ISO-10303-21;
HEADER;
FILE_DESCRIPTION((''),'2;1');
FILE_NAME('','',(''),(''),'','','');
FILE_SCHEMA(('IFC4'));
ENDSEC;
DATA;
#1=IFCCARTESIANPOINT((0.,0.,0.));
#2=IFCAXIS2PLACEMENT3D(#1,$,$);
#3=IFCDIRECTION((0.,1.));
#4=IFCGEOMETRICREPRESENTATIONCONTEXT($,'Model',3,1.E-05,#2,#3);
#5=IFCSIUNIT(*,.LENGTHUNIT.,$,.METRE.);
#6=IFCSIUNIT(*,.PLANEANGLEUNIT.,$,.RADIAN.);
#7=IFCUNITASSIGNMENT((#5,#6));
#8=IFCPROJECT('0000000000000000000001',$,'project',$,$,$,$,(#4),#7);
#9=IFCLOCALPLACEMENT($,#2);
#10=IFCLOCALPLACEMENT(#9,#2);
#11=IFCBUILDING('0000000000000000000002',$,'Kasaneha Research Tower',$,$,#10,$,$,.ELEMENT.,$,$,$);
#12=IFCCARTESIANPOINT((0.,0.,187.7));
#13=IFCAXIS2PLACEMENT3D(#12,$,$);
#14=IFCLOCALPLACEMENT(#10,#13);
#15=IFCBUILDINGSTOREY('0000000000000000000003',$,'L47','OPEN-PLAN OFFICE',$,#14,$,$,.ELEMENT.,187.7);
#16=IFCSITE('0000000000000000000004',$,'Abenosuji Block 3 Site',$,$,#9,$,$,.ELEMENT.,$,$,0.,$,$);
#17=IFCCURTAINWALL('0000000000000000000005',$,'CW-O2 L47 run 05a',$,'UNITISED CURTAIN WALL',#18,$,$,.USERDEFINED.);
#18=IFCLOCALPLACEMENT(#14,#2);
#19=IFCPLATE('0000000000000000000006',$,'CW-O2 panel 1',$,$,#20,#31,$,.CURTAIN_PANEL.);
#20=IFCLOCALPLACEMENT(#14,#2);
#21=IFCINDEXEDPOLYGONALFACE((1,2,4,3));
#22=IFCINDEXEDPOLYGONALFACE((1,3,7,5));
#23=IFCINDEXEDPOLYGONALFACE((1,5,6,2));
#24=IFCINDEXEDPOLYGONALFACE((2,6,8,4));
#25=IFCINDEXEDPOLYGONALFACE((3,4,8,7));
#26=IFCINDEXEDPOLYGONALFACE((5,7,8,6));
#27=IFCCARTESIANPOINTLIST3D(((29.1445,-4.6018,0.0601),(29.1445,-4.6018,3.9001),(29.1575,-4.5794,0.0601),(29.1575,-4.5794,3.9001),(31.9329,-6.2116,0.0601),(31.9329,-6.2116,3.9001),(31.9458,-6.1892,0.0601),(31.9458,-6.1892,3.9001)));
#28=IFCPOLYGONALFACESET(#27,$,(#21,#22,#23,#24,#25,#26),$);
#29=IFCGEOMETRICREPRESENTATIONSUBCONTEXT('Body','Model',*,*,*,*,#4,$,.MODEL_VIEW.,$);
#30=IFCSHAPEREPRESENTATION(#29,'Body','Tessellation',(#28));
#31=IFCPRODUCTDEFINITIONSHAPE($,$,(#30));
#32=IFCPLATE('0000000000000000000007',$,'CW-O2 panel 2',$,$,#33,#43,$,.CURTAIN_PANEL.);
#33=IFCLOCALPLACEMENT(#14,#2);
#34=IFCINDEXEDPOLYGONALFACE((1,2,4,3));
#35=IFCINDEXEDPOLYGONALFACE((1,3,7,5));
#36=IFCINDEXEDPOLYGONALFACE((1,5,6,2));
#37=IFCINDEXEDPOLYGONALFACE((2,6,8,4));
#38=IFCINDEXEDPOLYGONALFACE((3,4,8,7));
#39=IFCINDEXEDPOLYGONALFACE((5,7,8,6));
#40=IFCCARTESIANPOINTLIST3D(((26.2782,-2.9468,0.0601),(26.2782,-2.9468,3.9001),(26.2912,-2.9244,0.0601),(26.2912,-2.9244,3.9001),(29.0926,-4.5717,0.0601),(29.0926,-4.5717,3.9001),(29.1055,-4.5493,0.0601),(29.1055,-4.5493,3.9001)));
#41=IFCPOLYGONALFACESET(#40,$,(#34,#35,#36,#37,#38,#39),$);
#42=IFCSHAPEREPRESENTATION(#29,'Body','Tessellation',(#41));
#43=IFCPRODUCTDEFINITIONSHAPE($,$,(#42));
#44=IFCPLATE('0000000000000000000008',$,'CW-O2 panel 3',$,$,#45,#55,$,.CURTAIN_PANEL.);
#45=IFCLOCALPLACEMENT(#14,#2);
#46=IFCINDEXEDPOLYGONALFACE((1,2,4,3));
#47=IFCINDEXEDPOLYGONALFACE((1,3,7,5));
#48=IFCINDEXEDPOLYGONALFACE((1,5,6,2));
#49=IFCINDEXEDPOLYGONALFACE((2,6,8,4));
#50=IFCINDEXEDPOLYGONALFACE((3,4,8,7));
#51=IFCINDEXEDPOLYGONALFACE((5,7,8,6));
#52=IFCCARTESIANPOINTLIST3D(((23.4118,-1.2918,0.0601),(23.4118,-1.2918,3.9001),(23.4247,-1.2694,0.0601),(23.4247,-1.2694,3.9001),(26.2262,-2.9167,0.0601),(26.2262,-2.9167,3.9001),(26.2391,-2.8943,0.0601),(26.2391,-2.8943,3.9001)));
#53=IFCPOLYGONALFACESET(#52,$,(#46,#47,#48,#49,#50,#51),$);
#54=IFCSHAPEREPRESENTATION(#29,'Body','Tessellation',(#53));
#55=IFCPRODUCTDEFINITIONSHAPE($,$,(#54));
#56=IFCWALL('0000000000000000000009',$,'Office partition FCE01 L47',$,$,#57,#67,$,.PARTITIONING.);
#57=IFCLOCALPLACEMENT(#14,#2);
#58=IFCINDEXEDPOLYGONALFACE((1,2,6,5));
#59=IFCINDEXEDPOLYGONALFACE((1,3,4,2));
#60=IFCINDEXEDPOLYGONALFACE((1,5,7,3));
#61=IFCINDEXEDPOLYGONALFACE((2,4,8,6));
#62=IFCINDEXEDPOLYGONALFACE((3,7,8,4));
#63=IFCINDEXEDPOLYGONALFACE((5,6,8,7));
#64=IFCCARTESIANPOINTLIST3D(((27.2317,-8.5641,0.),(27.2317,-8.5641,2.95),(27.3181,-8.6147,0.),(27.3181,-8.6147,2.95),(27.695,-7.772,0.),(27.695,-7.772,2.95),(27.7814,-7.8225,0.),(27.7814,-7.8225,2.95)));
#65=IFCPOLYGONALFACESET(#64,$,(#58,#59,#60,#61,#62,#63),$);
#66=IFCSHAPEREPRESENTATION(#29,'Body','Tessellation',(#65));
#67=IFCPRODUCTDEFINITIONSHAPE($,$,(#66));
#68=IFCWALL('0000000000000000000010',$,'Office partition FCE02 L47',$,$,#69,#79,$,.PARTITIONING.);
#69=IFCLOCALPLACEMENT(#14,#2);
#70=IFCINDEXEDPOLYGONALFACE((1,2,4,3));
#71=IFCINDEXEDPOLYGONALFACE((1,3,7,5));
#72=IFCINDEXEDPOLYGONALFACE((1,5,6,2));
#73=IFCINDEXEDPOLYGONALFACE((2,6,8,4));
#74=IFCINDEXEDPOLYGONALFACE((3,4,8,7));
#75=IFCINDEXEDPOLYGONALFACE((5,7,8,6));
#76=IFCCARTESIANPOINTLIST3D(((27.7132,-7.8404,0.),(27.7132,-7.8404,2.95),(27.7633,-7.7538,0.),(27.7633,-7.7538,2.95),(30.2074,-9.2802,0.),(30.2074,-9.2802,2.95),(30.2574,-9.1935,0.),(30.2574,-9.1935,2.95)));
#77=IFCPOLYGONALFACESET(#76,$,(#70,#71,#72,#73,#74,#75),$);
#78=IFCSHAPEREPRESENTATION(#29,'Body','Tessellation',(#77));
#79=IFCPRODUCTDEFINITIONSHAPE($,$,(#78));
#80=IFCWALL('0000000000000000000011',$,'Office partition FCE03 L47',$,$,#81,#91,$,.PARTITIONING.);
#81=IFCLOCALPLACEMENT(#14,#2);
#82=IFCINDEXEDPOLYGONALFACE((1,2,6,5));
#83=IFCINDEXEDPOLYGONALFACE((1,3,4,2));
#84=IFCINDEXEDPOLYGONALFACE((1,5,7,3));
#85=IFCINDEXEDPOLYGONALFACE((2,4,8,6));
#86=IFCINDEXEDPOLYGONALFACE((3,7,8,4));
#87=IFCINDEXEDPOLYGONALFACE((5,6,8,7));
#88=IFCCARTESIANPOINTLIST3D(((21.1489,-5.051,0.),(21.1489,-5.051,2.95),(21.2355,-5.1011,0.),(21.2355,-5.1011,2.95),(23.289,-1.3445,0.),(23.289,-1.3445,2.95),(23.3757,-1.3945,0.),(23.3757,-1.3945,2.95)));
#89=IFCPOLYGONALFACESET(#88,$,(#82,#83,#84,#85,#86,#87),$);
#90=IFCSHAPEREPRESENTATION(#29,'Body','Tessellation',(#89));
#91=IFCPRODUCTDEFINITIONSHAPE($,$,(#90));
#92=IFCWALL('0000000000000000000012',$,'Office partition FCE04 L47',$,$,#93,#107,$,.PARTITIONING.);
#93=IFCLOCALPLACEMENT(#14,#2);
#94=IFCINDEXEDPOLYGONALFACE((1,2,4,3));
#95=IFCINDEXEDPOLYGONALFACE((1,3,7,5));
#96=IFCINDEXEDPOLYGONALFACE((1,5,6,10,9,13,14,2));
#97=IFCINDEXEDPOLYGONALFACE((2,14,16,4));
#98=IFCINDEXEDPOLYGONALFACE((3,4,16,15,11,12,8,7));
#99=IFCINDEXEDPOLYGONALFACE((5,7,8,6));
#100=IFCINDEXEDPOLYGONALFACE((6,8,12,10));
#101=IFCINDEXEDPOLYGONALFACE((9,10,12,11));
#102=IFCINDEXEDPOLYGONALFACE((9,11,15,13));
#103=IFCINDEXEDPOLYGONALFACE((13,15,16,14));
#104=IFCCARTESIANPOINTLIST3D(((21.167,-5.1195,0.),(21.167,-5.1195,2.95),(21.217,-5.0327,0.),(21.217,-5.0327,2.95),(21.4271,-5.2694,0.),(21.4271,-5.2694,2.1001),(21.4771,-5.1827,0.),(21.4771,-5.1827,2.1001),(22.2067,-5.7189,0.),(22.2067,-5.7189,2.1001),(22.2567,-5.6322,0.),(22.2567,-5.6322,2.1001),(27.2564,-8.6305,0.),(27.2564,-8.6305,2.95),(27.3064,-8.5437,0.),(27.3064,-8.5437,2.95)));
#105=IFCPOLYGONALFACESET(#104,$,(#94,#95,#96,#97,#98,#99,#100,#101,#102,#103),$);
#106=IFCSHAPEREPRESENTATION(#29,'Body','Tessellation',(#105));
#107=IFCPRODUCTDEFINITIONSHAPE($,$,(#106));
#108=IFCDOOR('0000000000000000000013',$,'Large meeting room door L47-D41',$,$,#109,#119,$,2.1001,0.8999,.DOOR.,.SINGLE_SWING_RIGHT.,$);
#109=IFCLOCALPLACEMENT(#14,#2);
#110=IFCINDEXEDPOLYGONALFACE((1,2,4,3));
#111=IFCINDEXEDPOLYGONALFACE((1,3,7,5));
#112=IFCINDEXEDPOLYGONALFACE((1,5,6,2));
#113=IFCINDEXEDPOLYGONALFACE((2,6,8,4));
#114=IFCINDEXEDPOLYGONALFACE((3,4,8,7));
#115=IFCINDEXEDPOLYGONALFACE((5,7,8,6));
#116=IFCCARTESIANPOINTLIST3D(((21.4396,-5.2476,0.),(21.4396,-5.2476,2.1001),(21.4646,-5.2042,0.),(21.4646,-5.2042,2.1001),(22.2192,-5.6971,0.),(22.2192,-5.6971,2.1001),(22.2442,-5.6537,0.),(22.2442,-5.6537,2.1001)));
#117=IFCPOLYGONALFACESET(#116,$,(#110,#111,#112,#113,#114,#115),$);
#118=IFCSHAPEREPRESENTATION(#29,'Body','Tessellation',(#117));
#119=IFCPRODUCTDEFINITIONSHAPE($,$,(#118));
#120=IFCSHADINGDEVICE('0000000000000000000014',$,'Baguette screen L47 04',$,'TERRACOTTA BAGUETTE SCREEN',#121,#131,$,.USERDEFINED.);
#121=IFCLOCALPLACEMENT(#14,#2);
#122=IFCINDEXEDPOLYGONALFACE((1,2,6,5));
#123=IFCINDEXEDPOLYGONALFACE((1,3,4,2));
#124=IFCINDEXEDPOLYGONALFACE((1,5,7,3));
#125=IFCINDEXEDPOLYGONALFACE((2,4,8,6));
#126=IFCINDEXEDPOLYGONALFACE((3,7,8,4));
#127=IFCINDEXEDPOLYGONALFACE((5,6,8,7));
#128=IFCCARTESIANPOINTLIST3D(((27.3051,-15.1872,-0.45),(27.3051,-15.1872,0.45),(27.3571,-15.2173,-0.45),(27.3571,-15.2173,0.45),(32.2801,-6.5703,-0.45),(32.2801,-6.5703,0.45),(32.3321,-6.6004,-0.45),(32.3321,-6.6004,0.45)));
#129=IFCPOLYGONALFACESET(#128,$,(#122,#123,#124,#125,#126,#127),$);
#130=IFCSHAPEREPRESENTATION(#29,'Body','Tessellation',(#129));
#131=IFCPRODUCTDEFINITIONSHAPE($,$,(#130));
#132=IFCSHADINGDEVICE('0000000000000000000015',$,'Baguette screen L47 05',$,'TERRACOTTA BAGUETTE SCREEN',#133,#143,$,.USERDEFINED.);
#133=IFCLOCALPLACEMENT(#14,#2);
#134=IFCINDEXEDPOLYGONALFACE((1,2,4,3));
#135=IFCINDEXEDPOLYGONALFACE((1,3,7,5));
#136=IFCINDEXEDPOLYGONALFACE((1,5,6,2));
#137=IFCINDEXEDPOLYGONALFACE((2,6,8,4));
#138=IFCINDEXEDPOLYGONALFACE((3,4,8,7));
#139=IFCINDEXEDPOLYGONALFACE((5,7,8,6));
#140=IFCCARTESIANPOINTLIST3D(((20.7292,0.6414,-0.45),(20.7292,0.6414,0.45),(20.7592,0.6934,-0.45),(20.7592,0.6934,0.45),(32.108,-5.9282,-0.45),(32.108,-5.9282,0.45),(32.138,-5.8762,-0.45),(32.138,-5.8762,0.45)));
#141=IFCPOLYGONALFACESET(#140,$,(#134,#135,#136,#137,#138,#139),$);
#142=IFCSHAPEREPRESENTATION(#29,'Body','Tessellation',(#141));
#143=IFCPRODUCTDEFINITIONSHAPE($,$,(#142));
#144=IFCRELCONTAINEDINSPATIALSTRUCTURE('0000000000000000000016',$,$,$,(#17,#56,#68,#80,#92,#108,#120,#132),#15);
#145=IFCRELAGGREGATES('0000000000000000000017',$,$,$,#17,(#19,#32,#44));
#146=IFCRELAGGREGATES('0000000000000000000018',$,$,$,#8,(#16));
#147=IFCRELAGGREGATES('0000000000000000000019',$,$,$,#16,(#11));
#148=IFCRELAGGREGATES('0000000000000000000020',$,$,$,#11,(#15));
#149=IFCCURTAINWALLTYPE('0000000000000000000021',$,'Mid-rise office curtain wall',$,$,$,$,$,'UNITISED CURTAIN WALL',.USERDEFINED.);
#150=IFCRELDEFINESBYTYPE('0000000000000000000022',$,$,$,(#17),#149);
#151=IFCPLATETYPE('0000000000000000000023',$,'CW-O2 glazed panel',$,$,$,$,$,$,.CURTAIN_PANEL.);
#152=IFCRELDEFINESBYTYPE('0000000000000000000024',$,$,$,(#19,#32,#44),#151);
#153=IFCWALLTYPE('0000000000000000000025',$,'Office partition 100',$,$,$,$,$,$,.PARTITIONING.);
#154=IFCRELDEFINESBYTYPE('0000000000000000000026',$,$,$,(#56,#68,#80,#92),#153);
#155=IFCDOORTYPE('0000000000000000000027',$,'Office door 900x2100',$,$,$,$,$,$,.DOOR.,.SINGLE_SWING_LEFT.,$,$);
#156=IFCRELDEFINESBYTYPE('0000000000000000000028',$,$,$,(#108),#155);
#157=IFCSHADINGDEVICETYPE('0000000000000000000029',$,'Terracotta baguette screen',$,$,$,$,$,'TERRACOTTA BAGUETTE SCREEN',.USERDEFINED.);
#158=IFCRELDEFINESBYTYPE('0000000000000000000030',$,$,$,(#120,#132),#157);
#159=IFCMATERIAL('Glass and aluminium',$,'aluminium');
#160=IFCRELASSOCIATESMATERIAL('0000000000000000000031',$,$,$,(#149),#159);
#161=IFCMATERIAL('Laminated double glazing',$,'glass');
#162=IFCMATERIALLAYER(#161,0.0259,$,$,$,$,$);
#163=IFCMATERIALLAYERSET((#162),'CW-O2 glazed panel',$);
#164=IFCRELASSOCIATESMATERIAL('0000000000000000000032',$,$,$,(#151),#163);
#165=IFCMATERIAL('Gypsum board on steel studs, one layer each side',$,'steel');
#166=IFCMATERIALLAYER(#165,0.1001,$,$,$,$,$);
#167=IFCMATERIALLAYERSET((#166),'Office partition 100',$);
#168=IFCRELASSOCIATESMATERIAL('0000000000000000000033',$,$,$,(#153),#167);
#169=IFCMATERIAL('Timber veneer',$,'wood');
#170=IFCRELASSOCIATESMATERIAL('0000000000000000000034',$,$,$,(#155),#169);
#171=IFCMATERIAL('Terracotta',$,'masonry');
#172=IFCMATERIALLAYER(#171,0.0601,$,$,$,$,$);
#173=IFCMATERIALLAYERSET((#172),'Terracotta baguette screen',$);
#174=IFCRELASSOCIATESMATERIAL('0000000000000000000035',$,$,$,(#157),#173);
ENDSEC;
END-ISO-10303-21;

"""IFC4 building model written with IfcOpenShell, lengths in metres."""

from ifc_helpers import new_model, si_unit, direction, frame, frame_2d, origin, origin_2d, place, context, subcontext, project, spatial, rectangle, extrude, material, layer, layer_set, type_object, element, fill, aggregate, save


model = new_model("IFC4")

# Units and contexts
model_context = context("Model", 3, precision=1e-05, world=origin(), true_north=direction((0.0, 1.0)))
body_context = subcontext(model_context, "Body", "Model", "MODEL_VIEW")
ifc_project = project(units=[si_unit("LENGTHUNIT", "METRE"), si_unit("PLANEANGLEUNIT", "RADIAN")], contexts=[model_context])

# Site, building, storey
site_placement = place(None, origin())
site = spatial("IfcSite", under=ifc_project, at=site_placement, Name="Abenosuji Block 3 Site", CompositionType="ELEMENT", RefElevation=0.0)
building_placement = place(site_placement, origin())
building = spatial("IfcBuilding", under=site, at=building_placement, Name="Kasaneha Research Tower", CompositionType="ELEMENT")
storey_placement = place(building_placement, frame((0.0, 0.0, 187.7)))
storey = spatial("IfcBuildingStorey", under=building, at=storey_placement, Name="L47", Description="OPEN-PLAN OFFICE", CompositionType="ELEMENT", Elevation=187.7)

# Curtain wall
ifc_material_1 = material(Name="Glass and aluminium", Category="aluminium")
curtain_wall_type = type_object("IfcCurtainWallType", Name="Mid-rise office curtain wall", ElementType="UNITISED CURTAIN WALL", PredefinedType="USERDEFINED", material=ifc_material_1)
curtain_wall_1_placement = place(storey_placement, origin())
curtain_wall_1 = element("IfcCurtainWall", 1, at=curtain_wall_1_placement, inside=storey, type_object=curtain_wall_type, Name="CW-O2 L47 run 05a", ObjectType="UNITISED CURTAIN WALL", PredefinedType="USERDEFINED")

# Plates
ifc_material_2 = material(Name="Laminated double glazing", Category="glass")
ifc_layer_1 = layer(ifc_material_2, 0.0259)
ifc_layer_set_1 = layer_set([ifc_layer_1], Name="CW-O2 glazed panel")
plate_type = type_object("IfcPlateType", Name="CW-O2 glazed panel", PredefinedType="CURTAIN_PANEL", material=ifc_layer_set_1)
plate_1_placement = place(storey_placement, frame((30.5452, -5.3955, 0.0601), z_axis=(0.0, 0.0, 1.0), x_axis=(-0.866025, 0.5, 0.0)))
plate_1 = element("IfcPlate", 2, at=plate_1_placement, type_object=plate_type, Name="CW-O2 panel 1", PredefinedType="CURTAIN_PANEL", context=body_context, shape_type="SweptSolid", body=[
    extrude(rectangle(XDim=3.2197, YDim=0.0259, at=origin_2d()), origin(), (0.0, 0.0, 1.0), 3.8401),
])
plate_2_placement = place(storey_placement, frame((27.6919, -3.748, 0.0601), z_axis=(0.0, 0.0, 1.0), x_axis=(-0.866025, 0.5, 0.0)))
plate_2 = element("IfcPlate", 3, at=plate_2_placement, type_object=plate_type, Name="CW-O2 panel 2", PredefinedType="CURTAIN_PANEL", context=body_context, shape_type="SweptSolid", body=[
    extrude(rectangle(XDim=3.2498, YDim=0.0259, at=origin_2d()), origin(), (0.0, 0.0, 1.0), 3.8401),
])
plate_3_placement = place(storey_placement, frame((24.8254, -2.093, 0.0601), z_axis=(0.0, 0.0, 1.0), x_axis=(-0.866025, 0.5, 0.0)))
plate_3 = element("IfcPlate", 4, at=plate_3_placement, type_object=plate_type, Name="CW-O2 panel 3", PredefinedType="CURTAIN_PANEL", context=body_context, shape_type="SweptSolid", body=[
    extrude(rectangle(XDim=3.2498, YDim=0.0259, at=origin_2d()), origin(), (0.0, 0.0, 1.0), 3.8401),
])
aggregate(curtain_wall_1, [plate_1, plate_2, plate_3])

# Walls
ifc_material_3 = material(Name="Gypsum board on steel studs, one layer each side", Category="steel")
ifc_layer_2 = layer(ifc_material_3, 0.1001)
ifc_layer_set_2 = layer_set([ifc_layer_2], Name="Office partition 100")
wall_type = type_object("IfcWallType", Name="Office partition 100", PredefinedType="PARTITIONING", material=ifc_layer_set_2)
wall_1_placement = place(storey_placement, frame((27.7383, -7.7971, 0.0), z_axis=(0.0, 0.0, 1.0), x_axis=(-0.50488, -0.86319, 0.0)))
element("IfcWall", 5, at=wall_1_placement, inside=storey, type_object=wall_type, Name="Office partition FCE01 L47", PredefinedType="PARTITIONING", context=body_context, shape_type="SweptSolid", body=[
    extrude(rectangle(XDim=0.9177, YDim=0.1001, at=frame_2d((0.459, 0.0))), origin(), (0.0, 0.0, 1.0), 2.95),
])
wall_2_placement = place(storey_placement, frame((30.2324, -9.2368, 0.0), z_axis=(0.0, 0.0, 1.0), x_axis=(-0.86607, 0.499923, 0.0)))
element("IfcWall", 6, at=wall_2_placement, inside=storey, type_object=wall_type, Name="Office partition FCE02 L47", PredefinedType="PARTITIONING", context=body_context, shape_type="SweptSolid", body=[
    extrude(rectangle(XDim=2.8799, YDim=0.1001, at=frame_2d((1.4399, 0.0))), origin(), (0.0, 0.0, 1.0), 2.95),
])
wall_3_placement = place(storey_placement, frame((21.1921, -5.0762, 0.0), z_axis=(0.0, 0.0, 1.0), x_axis=(0.500029, 0.866009, 0.0)))
element("IfcWall", 7, at=wall_3_placement, inside=storey, type_object=wall_type, Name="Office partition FCE03 L47", PredefinedType="PARTITIONING", context=body_context, shape_type="SweptSolid", body=[
    extrude(rectangle(XDim=4.28, YDim=0.1001, at=frame_2d((2.1401, 0.0))), origin(), (0.0, 0.0, 1.0), 2.95),
])

# Wall, opening, door
wall_4_placement = place(storey_placement, frame((27.2815, -8.5872, 0.0), z_axis=(0.0, 0.0, 1.0), x_axis=(-0.866315, 0.499498, 0.0)))
wall_4 = element("IfcWall", 8, at=wall_4_placement, inside=storey, type_object=wall_type, Name="Office partition FCE04 L47", PredefinedType="PARTITIONING", context=body_context, shape_type="SweptSolid", body=[
    extrude(rectangle(XDim=7.0291, YDim=0.1001, at=frame_2d((3.5146, 0.0))), origin(), (0.0, 0.0, 1.0), 2.95),
])
opening_placement = place(wall_4_placement, frame((5.8291, 0.0, 0.0)))
opening = element("IfcOpeningElement", 9, at=opening_placement, cuts=wall_4, PredefinedType="OPENING", context=body_context, shape_type="SweptSolid", body=[
    extrude(rectangle(XDim=0.8999, YDim=2.1001, at=frame_2d((0.45, 1.05))), frame((0.0, 0.0601, 0.0), z_axis=(0.0, -1.0, 0.0), x_axis=(1.0, 0.0, 0.0)), (0.0, 0.0, 1.0), 0.1201),
])
ifc_material_4 = material(Name="Timber veneer", Category="wood")
door_type = type_object("IfcDoorType", Name="Office door 900x2100", OperationType="SINGLE_SWING_LEFT", PredefinedType="DOOR", material=ifc_material_4)
door_placement = place(opening_placement, origin())
door = element("IfcDoor", 10, at=door_placement, inside=storey, type_object=door_type, Name="Large meeting room door L47-D41", OperationType="SINGLE_SWING_RIGHT", OverallHeight=2.1001, OverallWidth=0.8999, PredefinedType="DOOR", context=body_context, shape_type="SweptSolid", body=[
    extrude(rectangle(XDim=0.8999, YDim=2.1001, at=frame_2d((0.45, 1.05))), frame((0.0, 0.0249, 0.0), z_axis=(0.0, -1.0, 0.0), x_axis=(1.0, 0.0, 0.0)), (0.0, 0.0, 1.0), 0.05),
])
fill(opening, door)

# Shading devices
ifc_material_5 = material(Name="Terracotta", Category="masonry")
ifc_layer_3 = layer(ifc_material_5, 0.0601)
ifc_layer_set_3 = layer_set([ifc_layer_3], Name="Terracotta baguette screen")
shading_device_type = type_object("IfcShadingDeviceType", Name="Terracotta baguette screen", ElementType="TERRACOTTA BAGUETTE SCREEN", PredefinedType="USERDEFINED", material=ifc_layer_set_3)
shading_device_1_placement = place(storey_placement, frame((29.8186, -10.8938, -0.45), z_axis=(0.0, 0.0, 1.0), x_axis=(0.5, 0.866025, 0.0)))
element("IfcShadingDevice", 11, at=shading_device_1_placement, inside=storey, type_object=shading_device_type, Name="Baguette screen L47 04", ObjectType="TERRACOTTA BAGUETTE SCREEN", PredefinedType="USERDEFINED", context=body_context, shape_type="SweptSolid", body=[
    extrude(rectangle(XDim=9.95, YDim=0.0601, at=origin_2d()), origin(), (0.0, 0.0, 1.0), 0.8999),
])
shading_device_2_placement = place(storey_placement, frame((26.4336, -2.6174, -0.45), z_axis=(0.0, 0.0, 1.0), x_axis=(-0.866025, 0.5, 0.0)))
element("IfcShadingDevice", 12, at=shading_device_2_placement, inside=storey, type_object=shading_device_type, Name="Baguette screen L47 05", ObjectType="TERRACOTTA BAGUETTE SCREEN", PredefinedType="USERDEFINED", context=body_context, shape_type="SweptSolid", body=[
    extrude(rectangle(XDim=13.1392, YDim=0.0601, at=origin_2d()), origin(), (0.0, 0.0, 1.0), 0.8999),
])

save(model, "model.ifc")
